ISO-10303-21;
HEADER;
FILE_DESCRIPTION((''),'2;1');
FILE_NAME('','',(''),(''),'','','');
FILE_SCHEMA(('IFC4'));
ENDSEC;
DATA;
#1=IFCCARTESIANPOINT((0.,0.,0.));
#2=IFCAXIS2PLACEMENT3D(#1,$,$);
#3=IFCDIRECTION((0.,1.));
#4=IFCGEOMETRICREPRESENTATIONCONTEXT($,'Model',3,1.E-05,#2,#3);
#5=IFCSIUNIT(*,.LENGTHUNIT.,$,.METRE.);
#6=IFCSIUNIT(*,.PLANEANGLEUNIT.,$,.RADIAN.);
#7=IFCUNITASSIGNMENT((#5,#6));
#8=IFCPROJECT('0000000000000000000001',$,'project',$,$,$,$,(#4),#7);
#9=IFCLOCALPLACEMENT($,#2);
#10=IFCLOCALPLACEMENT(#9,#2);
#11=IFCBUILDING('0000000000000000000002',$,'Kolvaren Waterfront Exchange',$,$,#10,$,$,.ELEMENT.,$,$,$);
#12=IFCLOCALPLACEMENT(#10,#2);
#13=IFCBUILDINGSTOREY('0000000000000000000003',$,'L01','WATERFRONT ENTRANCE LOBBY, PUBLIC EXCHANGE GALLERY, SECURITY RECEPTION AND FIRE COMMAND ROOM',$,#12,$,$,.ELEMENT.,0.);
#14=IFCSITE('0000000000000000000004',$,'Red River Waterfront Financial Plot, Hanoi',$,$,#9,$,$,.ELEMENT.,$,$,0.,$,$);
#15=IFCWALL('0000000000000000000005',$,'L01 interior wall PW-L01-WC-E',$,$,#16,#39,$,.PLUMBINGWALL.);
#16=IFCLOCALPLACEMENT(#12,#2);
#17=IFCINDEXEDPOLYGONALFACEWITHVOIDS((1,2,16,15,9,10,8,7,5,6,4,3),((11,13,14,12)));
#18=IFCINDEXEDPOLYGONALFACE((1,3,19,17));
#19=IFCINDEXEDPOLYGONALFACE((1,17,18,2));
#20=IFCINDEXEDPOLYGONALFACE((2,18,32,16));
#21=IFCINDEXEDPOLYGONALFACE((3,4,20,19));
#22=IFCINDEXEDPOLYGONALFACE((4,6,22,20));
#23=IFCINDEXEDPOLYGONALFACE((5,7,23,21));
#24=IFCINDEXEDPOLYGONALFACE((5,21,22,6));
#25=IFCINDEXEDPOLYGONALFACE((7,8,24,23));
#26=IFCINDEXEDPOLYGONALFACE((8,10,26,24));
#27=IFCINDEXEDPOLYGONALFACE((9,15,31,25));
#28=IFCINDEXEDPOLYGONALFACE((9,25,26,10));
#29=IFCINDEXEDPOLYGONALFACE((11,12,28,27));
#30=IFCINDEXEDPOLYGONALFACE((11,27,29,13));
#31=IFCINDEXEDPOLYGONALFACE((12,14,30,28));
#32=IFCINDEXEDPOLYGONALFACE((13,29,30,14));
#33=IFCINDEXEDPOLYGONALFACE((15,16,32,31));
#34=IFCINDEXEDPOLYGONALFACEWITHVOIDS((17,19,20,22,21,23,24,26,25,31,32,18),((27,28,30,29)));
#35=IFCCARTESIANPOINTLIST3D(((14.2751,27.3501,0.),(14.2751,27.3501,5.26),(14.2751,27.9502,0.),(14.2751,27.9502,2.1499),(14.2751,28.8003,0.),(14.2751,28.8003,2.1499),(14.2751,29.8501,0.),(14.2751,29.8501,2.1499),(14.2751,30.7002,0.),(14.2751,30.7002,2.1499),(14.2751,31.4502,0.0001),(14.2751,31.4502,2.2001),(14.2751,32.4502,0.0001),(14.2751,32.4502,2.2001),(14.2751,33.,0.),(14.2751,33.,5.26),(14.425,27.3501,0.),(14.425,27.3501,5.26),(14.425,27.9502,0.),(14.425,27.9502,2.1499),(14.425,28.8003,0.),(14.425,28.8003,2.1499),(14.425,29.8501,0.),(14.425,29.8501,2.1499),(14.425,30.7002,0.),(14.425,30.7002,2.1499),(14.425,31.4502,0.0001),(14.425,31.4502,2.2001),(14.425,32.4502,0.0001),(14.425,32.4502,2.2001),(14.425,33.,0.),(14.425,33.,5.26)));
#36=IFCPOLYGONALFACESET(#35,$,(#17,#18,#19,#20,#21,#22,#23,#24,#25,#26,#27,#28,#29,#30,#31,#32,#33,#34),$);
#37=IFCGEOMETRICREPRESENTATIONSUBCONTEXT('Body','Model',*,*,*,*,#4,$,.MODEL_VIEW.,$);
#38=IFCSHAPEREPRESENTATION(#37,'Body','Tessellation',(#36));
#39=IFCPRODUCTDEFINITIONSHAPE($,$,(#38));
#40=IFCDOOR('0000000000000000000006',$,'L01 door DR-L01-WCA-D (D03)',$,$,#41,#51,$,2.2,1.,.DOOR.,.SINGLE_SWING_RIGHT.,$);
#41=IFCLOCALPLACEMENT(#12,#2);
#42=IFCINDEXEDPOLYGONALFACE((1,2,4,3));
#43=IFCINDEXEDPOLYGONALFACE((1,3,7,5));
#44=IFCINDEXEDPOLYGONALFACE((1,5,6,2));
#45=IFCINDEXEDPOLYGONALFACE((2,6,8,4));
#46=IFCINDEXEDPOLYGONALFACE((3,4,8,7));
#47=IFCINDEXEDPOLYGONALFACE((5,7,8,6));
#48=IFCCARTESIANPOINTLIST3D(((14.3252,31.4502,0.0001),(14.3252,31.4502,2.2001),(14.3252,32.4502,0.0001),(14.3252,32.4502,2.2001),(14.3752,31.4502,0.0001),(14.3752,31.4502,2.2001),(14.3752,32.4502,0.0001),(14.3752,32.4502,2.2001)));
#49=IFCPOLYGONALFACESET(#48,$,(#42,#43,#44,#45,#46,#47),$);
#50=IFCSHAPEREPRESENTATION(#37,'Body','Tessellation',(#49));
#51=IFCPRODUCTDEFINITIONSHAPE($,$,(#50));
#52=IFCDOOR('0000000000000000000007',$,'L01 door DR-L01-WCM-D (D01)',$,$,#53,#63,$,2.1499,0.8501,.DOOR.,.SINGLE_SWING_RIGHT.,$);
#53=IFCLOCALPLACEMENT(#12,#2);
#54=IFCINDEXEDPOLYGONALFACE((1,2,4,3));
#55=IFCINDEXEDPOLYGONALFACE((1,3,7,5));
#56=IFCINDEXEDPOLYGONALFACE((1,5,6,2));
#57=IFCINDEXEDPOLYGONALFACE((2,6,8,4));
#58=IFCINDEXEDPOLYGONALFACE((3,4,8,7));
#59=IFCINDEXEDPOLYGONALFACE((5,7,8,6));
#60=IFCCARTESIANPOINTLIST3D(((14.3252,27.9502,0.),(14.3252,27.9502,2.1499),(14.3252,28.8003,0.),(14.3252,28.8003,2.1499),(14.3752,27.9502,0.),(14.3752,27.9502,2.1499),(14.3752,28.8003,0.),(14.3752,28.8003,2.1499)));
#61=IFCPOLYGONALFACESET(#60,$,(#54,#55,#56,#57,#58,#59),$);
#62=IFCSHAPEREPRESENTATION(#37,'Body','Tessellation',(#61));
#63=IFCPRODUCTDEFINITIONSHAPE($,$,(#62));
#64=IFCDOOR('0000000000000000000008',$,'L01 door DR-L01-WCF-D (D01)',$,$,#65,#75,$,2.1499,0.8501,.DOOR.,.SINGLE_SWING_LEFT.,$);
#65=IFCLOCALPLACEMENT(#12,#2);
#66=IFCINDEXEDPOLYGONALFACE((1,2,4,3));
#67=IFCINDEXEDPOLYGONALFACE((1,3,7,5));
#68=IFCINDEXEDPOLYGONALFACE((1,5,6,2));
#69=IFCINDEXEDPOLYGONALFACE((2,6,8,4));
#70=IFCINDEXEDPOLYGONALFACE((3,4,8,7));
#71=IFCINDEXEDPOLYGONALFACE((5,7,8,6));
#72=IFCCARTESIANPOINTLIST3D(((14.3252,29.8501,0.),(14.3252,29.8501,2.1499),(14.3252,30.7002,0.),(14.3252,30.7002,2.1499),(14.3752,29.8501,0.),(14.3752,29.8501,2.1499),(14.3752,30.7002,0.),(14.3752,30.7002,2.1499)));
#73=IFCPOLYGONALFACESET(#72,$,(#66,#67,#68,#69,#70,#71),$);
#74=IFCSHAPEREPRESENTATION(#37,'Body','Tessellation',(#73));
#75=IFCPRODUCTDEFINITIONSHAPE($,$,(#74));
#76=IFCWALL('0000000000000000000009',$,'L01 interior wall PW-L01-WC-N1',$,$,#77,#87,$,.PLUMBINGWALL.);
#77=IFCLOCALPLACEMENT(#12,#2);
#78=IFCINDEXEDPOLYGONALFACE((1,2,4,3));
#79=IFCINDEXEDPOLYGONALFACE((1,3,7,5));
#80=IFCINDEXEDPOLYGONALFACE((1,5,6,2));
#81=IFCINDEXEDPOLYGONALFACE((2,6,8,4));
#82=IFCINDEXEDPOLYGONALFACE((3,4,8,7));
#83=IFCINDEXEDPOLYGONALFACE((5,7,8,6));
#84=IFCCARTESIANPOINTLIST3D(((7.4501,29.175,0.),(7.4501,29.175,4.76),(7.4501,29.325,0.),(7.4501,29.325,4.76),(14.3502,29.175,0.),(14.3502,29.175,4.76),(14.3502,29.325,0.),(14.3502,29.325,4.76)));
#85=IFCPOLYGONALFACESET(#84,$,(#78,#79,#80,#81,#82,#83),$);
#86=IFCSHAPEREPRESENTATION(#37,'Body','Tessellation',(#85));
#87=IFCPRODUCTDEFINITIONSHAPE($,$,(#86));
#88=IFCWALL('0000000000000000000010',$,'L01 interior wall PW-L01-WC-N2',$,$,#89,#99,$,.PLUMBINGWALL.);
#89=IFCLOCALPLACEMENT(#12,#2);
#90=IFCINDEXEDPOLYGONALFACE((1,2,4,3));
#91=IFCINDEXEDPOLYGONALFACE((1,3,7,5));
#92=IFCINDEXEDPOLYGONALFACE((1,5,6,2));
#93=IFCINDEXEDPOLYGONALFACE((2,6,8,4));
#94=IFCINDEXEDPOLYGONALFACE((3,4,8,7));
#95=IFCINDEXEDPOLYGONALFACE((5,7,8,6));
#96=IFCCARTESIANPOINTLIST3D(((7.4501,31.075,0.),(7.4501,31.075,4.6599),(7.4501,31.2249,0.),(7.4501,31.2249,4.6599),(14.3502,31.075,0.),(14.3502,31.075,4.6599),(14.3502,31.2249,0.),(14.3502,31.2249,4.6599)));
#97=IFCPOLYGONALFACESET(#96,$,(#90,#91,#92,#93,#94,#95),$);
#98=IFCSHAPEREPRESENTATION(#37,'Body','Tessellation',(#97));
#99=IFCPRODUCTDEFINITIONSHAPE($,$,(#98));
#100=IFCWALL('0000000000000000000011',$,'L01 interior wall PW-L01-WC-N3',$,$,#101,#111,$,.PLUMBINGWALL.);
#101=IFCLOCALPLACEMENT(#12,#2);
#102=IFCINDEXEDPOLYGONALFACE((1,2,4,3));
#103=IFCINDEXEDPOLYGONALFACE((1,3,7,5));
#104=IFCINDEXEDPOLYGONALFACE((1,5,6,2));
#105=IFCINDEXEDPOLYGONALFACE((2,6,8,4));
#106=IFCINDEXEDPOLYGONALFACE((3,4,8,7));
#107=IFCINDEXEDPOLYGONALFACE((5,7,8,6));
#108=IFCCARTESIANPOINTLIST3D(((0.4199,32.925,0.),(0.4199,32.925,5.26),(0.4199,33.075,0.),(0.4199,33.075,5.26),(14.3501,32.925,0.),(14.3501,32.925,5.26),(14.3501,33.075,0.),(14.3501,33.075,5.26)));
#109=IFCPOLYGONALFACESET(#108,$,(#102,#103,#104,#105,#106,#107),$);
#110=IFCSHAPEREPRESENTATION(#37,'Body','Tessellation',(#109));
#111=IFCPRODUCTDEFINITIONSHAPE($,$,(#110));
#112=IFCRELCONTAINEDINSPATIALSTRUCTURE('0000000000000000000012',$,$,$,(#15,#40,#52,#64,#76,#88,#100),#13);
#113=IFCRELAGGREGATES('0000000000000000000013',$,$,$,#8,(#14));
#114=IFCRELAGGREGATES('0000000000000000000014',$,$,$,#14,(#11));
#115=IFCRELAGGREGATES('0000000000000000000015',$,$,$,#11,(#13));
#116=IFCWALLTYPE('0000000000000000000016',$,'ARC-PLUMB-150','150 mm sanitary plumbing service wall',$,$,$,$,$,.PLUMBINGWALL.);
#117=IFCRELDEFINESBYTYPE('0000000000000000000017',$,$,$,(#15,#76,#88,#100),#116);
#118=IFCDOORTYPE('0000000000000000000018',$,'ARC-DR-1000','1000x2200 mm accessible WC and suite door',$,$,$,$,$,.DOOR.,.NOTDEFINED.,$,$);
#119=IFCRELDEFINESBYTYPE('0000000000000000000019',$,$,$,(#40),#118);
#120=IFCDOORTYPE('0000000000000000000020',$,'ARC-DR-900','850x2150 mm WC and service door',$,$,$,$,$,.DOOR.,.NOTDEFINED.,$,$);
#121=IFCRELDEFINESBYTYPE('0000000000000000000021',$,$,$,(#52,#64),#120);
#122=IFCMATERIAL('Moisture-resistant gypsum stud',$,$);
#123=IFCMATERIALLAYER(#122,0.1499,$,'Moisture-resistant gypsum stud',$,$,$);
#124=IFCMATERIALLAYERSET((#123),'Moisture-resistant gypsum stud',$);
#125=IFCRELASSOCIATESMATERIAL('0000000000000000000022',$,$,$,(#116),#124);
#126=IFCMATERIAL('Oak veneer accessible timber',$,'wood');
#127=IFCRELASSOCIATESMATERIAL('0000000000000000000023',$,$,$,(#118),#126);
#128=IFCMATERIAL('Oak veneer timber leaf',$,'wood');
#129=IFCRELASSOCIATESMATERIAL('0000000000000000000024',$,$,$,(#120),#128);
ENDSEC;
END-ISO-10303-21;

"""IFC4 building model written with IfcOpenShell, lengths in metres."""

from ifc_helpers import new_model, si_unit, direction, frame, frame_2d, origin, place, context, subcontext, project, spatial, rectangle, extrude, material, layer, layer_set, type_object, element, fill, save


model = new_model("IFC4")

# Units and contexts
model_context = context("Model", 3, precision=1e-05, world=origin(), true_north=direction((0.0, 1.0)))
body_context = subcontext(model_context, "Body", "Model", "MODEL_VIEW")
ifc_project = project(units=[si_unit("LENGTHUNIT", "METRE"), si_unit("PLANEANGLEUNIT", "RADIAN")], contexts=[model_context])

# Site, building, storey
site_placement = place(None, origin())
site = spatial("IfcSite", under=ifc_project, at=site_placement, Name="Red River Waterfront Financial Plot, Hanoi", CompositionType="ELEMENT", RefElevation=0.0)
building_placement = place(site_placement, origin())
building = spatial("IfcBuilding", under=site, at=building_placement, Name="Kolvaren Waterfront Exchange", CompositionType="ELEMENT")
storey_placement = place(building_placement, origin())
storey = spatial("IfcBuildingStorey", under=building, at=storey_placement, Name="L01", Description="WATERFRONT ENTRANCE LOBBY, PUBLIC EXCHANGE GALLERY, SECURITY RECEPTION AND FIRE COMMAND ROOM", CompositionType="ELEMENT", Elevation=0.0)

# Wall, openings, doors
ifc_material_1 = material(Name="Moisture-resistant gypsum stud")
ifc_layer_1 = layer(ifc_material_1, 0.1499, Name="Moisture-resistant gypsum stud")
ifc_layer_set_1 = layer_set([ifc_layer_1], Name="Moisture-resistant gypsum stud")
wall_type_1 = type_object("IfcWallType", Name="ARC-PLUMB-150", Description="150 mm sanitary plumbing service wall", PredefinedType="PLUMBINGWALL", material=ifc_layer_set_1)
wall_1_placement = place(storey_placement, frame((14.3501, 27.3501, 0.0), z_axis=(0.0, 0.0, 1.0), x_axis=(0.0, 1.0, 0.0)))
wall_1 = element("IfcWall", 1, at=wall_1_placement, inside=storey, type_object=wall_type_1, Name="L01 interior wall PW-L01-WC-E", PredefinedType="PLUMBINGWALL", context=body_context, shape_type="SweptSolid", body=[
    extrude(rectangle(XDim=5.6499, YDim=0.1499, at=frame_2d((2.825, 0.0))), origin(), (0.0, 0.0, 1.0), 5.26),
])
opening_1_placement = place(wall_1_placement, frame((0.6001, 0.0, 0.0)))
opening_1 = element("IfcOpeningElement", 2, at=opening_1_placement, cuts=wall_1, PredefinedType="OPENING", context=body_context, shape_type="SweptSolid", body=[
    extrude(rectangle(XDim=0.8501, YDim=2.1499, at=frame_2d((0.425, 1.075))), frame((0.0, 0.085, 0.0), z_axis=(0.0, -1.0, 0.0), x_axis=(1.0, 0.0, 0.0)), (0.0, 0.0, 1.0), 0.1699),
])
opening_2_placement = place(wall_1_placement, frame((2.5, 0.0, 0.0)))
opening_2 = element("IfcOpeningElement", 3, at=opening_2_placement, cuts=wall_1, PredefinedType="OPENING", context=body_context, shape_type="SweptSolid", body=[
    extrude(rectangle(XDim=0.8501, YDim=2.1499, at=frame_2d((0.425, 1.075))), frame((0.0, 0.085, 0.0), z_axis=(0.0, -1.0, 0.0), x_axis=(1.0, 0.0, 0.0)), (0.0, 0.0, 1.0), 0.1699),
])
opening_3_placement = place(wall_1_placement, frame((4.1001, 0.0, 0.0)))
opening_3 = element("IfcOpeningElement", 4, at=opening_3_placement, cuts=wall_1, PredefinedType="OPENING", context=body_context, shape_type="SweptSolid", body=[
    extrude(rectangle(XDim=1.0, YDim=2.2, at=frame_2d((0.5, 1.1001))), frame((0.0, 0.085, 0.0), z_axis=(0.0, -1.0, 0.0), x_axis=(1.0, 0.0, 0.0)), (0.0, 0.0, 1.0), 0.1699),
])
ifc_material_2 = material(Name="Oak veneer accessible timber", Category="wood")
door_type_1 = type_object("IfcDoorType", Name="ARC-DR-1000", Description="1000x2200 mm accessible WC and suite door", OperationType="NOTDEFINED", PredefinedType="DOOR", material=ifc_material_2)
door_1_placement = place(opening_3_placement, origin())
door_1 = element("IfcDoor", 5, at=door_1_placement, inside=storey, type_object=door_type_1, Name="L01 door DR-L01-WCA-D (D03)", OperationType="SINGLE_SWING_RIGHT", OverallHeight=2.2, OverallWidth=1.0, PredefinedType="DOOR", context=body_context, shape_type="SweptSolid", body=[
    extrude(rectangle(XDim=1.0, YDim=2.2, at=frame_2d((0.5, 1.1001))), frame((0.0, 0.0249, 0.0), z_axis=(0.0, -1.0, 0.0), x_axis=(1.0, 0.0, 0.0)), (0.0, 0.0, 1.0), 0.05),
])
fill(opening_3, door_1)
ifc_material_3 = material(Name="Oak veneer timber leaf", Category="wood")
door_type_2 = type_object("IfcDoorType", Name="ARC-DR-900", Description="850x2150 mm WC and service door", OperationType="NOTDEFINED", PredefinedType="DOOR", material=ifc_material_3)
door_2_placement = place(opening_1_placement, origin())
door_2 = element("IfcDoor", 6, at=door_2_placement, inside=storey, type_object=door_type_2, Name="L01 door DR-L01-WCM-D (D01)", OperationType="SINGLE_SWING_RIGHT", OverallHeight=2.1499, OverallWidth=0.8501, PredefinedType="DOOR", context=body_context, shape_type="SweptSolid", body=[
    extrude(rectangle(XDim=0.8501, YDim=2.1499, at=frame_2d((0.425, 1.075))), frame((0.0, 0.0249, 0.0), z_axis=(0.0, -1.0, 0.0), x_axis=(1.0, 0.0, 0.0)), (0.0, 0.0, 1.0), 0.05),
])
fill(opening_1, door_2)
door_3_placement = place(opening_2_placement, origin())
door_3 = element("IfcDoor", 7, at=door_3_placement, inside=storey, type_object=door_type_2, Name="L01 door DR-L01-WCF-D (D01)", OperationType="SINGLE_SWING_LEFT", OverallHeight=2.1499, OverallWidth=0.8501, PredefinedType="DOOR", context=body_context, shape_type="SweptSolid", body=[
    extrude(rectangle(XDim=0.8501, YDim=2.1499, at=frame_2d((0.425, 1.075))), frame((0.0, 0.0249, 0.0), z_axis=(0.0, -1.0, 0.0), x_axis=(1.0, 0.0, 0.0)), (0.0, 0.0, 1.0), 0.05),
])
fill(opening_2, door_3)

# Walls
wall_2_placement = place(storey_placement, frame((7.45, 29.25, 0.0), z_axis=(0.0, 0.0, 1.0), x_axis=(1.0, 0.0, 0.0)))
element("IfcWall", 8, at=wall_2_placement, inside=storey, type_object=wall_type_1, Name="L01 interior wall PW-L01-WC-N1", PredefinedType="PLUMBINGWALL", context=body_context, shape_type="SweptSolid", body=[
    extrude(rectangle(XDim=6.9001, YDim=0.1499, at=frame_2d((3.4502, 0.0))), origin(), (0.0, 0.0, 1.0), 4.76),
])
wall_3_placement = place(storey_placement, frame((7.45, 31.1499, 0.0), z_axis=(0.0, 0.0, 1.0), x_axis=(1.0, 0.0, 0.0)))
element("IfcWall", 9, at=wall_3_placement, inside=storey, type_object=wall_type_1, Name="L01 interior wall PW-L01-WC-N2", PredefinedType="PLUMBINGWALL", context=body_context, shape_type="SweptSolid", body=[
    extrude(rectangle(XDim=6.9001, YDim=0.1499, at=frame_2d((3.4502, 0.0))), origin(), (0.0, 0.0, 1.0), 4.6599),
])
wall_4_placement = place(storey_placement, frame((0.4199, 33.0, 0.0), z_axis=(0.0, 0.0, 1.0), x_axis=(1.0, 0.0, 0.0)))
element("IfcWall", 10, at=wall_4_placement, inside=storey, type_object=wall_type_1, Name="L01 interior wall PW-L01-WC-N3", PredefinedType="PLUMBINGWALL", context=body_context, shape_type="SweptSolid", body=[
    extrude(rectangle(XDim=13.9302, YDim=0.1499, at=frame_2d((6.9651, 0.0))), origin(), (0.0, 0.0, 1.0), 5.26),
])

save(model, "model.ifc")
